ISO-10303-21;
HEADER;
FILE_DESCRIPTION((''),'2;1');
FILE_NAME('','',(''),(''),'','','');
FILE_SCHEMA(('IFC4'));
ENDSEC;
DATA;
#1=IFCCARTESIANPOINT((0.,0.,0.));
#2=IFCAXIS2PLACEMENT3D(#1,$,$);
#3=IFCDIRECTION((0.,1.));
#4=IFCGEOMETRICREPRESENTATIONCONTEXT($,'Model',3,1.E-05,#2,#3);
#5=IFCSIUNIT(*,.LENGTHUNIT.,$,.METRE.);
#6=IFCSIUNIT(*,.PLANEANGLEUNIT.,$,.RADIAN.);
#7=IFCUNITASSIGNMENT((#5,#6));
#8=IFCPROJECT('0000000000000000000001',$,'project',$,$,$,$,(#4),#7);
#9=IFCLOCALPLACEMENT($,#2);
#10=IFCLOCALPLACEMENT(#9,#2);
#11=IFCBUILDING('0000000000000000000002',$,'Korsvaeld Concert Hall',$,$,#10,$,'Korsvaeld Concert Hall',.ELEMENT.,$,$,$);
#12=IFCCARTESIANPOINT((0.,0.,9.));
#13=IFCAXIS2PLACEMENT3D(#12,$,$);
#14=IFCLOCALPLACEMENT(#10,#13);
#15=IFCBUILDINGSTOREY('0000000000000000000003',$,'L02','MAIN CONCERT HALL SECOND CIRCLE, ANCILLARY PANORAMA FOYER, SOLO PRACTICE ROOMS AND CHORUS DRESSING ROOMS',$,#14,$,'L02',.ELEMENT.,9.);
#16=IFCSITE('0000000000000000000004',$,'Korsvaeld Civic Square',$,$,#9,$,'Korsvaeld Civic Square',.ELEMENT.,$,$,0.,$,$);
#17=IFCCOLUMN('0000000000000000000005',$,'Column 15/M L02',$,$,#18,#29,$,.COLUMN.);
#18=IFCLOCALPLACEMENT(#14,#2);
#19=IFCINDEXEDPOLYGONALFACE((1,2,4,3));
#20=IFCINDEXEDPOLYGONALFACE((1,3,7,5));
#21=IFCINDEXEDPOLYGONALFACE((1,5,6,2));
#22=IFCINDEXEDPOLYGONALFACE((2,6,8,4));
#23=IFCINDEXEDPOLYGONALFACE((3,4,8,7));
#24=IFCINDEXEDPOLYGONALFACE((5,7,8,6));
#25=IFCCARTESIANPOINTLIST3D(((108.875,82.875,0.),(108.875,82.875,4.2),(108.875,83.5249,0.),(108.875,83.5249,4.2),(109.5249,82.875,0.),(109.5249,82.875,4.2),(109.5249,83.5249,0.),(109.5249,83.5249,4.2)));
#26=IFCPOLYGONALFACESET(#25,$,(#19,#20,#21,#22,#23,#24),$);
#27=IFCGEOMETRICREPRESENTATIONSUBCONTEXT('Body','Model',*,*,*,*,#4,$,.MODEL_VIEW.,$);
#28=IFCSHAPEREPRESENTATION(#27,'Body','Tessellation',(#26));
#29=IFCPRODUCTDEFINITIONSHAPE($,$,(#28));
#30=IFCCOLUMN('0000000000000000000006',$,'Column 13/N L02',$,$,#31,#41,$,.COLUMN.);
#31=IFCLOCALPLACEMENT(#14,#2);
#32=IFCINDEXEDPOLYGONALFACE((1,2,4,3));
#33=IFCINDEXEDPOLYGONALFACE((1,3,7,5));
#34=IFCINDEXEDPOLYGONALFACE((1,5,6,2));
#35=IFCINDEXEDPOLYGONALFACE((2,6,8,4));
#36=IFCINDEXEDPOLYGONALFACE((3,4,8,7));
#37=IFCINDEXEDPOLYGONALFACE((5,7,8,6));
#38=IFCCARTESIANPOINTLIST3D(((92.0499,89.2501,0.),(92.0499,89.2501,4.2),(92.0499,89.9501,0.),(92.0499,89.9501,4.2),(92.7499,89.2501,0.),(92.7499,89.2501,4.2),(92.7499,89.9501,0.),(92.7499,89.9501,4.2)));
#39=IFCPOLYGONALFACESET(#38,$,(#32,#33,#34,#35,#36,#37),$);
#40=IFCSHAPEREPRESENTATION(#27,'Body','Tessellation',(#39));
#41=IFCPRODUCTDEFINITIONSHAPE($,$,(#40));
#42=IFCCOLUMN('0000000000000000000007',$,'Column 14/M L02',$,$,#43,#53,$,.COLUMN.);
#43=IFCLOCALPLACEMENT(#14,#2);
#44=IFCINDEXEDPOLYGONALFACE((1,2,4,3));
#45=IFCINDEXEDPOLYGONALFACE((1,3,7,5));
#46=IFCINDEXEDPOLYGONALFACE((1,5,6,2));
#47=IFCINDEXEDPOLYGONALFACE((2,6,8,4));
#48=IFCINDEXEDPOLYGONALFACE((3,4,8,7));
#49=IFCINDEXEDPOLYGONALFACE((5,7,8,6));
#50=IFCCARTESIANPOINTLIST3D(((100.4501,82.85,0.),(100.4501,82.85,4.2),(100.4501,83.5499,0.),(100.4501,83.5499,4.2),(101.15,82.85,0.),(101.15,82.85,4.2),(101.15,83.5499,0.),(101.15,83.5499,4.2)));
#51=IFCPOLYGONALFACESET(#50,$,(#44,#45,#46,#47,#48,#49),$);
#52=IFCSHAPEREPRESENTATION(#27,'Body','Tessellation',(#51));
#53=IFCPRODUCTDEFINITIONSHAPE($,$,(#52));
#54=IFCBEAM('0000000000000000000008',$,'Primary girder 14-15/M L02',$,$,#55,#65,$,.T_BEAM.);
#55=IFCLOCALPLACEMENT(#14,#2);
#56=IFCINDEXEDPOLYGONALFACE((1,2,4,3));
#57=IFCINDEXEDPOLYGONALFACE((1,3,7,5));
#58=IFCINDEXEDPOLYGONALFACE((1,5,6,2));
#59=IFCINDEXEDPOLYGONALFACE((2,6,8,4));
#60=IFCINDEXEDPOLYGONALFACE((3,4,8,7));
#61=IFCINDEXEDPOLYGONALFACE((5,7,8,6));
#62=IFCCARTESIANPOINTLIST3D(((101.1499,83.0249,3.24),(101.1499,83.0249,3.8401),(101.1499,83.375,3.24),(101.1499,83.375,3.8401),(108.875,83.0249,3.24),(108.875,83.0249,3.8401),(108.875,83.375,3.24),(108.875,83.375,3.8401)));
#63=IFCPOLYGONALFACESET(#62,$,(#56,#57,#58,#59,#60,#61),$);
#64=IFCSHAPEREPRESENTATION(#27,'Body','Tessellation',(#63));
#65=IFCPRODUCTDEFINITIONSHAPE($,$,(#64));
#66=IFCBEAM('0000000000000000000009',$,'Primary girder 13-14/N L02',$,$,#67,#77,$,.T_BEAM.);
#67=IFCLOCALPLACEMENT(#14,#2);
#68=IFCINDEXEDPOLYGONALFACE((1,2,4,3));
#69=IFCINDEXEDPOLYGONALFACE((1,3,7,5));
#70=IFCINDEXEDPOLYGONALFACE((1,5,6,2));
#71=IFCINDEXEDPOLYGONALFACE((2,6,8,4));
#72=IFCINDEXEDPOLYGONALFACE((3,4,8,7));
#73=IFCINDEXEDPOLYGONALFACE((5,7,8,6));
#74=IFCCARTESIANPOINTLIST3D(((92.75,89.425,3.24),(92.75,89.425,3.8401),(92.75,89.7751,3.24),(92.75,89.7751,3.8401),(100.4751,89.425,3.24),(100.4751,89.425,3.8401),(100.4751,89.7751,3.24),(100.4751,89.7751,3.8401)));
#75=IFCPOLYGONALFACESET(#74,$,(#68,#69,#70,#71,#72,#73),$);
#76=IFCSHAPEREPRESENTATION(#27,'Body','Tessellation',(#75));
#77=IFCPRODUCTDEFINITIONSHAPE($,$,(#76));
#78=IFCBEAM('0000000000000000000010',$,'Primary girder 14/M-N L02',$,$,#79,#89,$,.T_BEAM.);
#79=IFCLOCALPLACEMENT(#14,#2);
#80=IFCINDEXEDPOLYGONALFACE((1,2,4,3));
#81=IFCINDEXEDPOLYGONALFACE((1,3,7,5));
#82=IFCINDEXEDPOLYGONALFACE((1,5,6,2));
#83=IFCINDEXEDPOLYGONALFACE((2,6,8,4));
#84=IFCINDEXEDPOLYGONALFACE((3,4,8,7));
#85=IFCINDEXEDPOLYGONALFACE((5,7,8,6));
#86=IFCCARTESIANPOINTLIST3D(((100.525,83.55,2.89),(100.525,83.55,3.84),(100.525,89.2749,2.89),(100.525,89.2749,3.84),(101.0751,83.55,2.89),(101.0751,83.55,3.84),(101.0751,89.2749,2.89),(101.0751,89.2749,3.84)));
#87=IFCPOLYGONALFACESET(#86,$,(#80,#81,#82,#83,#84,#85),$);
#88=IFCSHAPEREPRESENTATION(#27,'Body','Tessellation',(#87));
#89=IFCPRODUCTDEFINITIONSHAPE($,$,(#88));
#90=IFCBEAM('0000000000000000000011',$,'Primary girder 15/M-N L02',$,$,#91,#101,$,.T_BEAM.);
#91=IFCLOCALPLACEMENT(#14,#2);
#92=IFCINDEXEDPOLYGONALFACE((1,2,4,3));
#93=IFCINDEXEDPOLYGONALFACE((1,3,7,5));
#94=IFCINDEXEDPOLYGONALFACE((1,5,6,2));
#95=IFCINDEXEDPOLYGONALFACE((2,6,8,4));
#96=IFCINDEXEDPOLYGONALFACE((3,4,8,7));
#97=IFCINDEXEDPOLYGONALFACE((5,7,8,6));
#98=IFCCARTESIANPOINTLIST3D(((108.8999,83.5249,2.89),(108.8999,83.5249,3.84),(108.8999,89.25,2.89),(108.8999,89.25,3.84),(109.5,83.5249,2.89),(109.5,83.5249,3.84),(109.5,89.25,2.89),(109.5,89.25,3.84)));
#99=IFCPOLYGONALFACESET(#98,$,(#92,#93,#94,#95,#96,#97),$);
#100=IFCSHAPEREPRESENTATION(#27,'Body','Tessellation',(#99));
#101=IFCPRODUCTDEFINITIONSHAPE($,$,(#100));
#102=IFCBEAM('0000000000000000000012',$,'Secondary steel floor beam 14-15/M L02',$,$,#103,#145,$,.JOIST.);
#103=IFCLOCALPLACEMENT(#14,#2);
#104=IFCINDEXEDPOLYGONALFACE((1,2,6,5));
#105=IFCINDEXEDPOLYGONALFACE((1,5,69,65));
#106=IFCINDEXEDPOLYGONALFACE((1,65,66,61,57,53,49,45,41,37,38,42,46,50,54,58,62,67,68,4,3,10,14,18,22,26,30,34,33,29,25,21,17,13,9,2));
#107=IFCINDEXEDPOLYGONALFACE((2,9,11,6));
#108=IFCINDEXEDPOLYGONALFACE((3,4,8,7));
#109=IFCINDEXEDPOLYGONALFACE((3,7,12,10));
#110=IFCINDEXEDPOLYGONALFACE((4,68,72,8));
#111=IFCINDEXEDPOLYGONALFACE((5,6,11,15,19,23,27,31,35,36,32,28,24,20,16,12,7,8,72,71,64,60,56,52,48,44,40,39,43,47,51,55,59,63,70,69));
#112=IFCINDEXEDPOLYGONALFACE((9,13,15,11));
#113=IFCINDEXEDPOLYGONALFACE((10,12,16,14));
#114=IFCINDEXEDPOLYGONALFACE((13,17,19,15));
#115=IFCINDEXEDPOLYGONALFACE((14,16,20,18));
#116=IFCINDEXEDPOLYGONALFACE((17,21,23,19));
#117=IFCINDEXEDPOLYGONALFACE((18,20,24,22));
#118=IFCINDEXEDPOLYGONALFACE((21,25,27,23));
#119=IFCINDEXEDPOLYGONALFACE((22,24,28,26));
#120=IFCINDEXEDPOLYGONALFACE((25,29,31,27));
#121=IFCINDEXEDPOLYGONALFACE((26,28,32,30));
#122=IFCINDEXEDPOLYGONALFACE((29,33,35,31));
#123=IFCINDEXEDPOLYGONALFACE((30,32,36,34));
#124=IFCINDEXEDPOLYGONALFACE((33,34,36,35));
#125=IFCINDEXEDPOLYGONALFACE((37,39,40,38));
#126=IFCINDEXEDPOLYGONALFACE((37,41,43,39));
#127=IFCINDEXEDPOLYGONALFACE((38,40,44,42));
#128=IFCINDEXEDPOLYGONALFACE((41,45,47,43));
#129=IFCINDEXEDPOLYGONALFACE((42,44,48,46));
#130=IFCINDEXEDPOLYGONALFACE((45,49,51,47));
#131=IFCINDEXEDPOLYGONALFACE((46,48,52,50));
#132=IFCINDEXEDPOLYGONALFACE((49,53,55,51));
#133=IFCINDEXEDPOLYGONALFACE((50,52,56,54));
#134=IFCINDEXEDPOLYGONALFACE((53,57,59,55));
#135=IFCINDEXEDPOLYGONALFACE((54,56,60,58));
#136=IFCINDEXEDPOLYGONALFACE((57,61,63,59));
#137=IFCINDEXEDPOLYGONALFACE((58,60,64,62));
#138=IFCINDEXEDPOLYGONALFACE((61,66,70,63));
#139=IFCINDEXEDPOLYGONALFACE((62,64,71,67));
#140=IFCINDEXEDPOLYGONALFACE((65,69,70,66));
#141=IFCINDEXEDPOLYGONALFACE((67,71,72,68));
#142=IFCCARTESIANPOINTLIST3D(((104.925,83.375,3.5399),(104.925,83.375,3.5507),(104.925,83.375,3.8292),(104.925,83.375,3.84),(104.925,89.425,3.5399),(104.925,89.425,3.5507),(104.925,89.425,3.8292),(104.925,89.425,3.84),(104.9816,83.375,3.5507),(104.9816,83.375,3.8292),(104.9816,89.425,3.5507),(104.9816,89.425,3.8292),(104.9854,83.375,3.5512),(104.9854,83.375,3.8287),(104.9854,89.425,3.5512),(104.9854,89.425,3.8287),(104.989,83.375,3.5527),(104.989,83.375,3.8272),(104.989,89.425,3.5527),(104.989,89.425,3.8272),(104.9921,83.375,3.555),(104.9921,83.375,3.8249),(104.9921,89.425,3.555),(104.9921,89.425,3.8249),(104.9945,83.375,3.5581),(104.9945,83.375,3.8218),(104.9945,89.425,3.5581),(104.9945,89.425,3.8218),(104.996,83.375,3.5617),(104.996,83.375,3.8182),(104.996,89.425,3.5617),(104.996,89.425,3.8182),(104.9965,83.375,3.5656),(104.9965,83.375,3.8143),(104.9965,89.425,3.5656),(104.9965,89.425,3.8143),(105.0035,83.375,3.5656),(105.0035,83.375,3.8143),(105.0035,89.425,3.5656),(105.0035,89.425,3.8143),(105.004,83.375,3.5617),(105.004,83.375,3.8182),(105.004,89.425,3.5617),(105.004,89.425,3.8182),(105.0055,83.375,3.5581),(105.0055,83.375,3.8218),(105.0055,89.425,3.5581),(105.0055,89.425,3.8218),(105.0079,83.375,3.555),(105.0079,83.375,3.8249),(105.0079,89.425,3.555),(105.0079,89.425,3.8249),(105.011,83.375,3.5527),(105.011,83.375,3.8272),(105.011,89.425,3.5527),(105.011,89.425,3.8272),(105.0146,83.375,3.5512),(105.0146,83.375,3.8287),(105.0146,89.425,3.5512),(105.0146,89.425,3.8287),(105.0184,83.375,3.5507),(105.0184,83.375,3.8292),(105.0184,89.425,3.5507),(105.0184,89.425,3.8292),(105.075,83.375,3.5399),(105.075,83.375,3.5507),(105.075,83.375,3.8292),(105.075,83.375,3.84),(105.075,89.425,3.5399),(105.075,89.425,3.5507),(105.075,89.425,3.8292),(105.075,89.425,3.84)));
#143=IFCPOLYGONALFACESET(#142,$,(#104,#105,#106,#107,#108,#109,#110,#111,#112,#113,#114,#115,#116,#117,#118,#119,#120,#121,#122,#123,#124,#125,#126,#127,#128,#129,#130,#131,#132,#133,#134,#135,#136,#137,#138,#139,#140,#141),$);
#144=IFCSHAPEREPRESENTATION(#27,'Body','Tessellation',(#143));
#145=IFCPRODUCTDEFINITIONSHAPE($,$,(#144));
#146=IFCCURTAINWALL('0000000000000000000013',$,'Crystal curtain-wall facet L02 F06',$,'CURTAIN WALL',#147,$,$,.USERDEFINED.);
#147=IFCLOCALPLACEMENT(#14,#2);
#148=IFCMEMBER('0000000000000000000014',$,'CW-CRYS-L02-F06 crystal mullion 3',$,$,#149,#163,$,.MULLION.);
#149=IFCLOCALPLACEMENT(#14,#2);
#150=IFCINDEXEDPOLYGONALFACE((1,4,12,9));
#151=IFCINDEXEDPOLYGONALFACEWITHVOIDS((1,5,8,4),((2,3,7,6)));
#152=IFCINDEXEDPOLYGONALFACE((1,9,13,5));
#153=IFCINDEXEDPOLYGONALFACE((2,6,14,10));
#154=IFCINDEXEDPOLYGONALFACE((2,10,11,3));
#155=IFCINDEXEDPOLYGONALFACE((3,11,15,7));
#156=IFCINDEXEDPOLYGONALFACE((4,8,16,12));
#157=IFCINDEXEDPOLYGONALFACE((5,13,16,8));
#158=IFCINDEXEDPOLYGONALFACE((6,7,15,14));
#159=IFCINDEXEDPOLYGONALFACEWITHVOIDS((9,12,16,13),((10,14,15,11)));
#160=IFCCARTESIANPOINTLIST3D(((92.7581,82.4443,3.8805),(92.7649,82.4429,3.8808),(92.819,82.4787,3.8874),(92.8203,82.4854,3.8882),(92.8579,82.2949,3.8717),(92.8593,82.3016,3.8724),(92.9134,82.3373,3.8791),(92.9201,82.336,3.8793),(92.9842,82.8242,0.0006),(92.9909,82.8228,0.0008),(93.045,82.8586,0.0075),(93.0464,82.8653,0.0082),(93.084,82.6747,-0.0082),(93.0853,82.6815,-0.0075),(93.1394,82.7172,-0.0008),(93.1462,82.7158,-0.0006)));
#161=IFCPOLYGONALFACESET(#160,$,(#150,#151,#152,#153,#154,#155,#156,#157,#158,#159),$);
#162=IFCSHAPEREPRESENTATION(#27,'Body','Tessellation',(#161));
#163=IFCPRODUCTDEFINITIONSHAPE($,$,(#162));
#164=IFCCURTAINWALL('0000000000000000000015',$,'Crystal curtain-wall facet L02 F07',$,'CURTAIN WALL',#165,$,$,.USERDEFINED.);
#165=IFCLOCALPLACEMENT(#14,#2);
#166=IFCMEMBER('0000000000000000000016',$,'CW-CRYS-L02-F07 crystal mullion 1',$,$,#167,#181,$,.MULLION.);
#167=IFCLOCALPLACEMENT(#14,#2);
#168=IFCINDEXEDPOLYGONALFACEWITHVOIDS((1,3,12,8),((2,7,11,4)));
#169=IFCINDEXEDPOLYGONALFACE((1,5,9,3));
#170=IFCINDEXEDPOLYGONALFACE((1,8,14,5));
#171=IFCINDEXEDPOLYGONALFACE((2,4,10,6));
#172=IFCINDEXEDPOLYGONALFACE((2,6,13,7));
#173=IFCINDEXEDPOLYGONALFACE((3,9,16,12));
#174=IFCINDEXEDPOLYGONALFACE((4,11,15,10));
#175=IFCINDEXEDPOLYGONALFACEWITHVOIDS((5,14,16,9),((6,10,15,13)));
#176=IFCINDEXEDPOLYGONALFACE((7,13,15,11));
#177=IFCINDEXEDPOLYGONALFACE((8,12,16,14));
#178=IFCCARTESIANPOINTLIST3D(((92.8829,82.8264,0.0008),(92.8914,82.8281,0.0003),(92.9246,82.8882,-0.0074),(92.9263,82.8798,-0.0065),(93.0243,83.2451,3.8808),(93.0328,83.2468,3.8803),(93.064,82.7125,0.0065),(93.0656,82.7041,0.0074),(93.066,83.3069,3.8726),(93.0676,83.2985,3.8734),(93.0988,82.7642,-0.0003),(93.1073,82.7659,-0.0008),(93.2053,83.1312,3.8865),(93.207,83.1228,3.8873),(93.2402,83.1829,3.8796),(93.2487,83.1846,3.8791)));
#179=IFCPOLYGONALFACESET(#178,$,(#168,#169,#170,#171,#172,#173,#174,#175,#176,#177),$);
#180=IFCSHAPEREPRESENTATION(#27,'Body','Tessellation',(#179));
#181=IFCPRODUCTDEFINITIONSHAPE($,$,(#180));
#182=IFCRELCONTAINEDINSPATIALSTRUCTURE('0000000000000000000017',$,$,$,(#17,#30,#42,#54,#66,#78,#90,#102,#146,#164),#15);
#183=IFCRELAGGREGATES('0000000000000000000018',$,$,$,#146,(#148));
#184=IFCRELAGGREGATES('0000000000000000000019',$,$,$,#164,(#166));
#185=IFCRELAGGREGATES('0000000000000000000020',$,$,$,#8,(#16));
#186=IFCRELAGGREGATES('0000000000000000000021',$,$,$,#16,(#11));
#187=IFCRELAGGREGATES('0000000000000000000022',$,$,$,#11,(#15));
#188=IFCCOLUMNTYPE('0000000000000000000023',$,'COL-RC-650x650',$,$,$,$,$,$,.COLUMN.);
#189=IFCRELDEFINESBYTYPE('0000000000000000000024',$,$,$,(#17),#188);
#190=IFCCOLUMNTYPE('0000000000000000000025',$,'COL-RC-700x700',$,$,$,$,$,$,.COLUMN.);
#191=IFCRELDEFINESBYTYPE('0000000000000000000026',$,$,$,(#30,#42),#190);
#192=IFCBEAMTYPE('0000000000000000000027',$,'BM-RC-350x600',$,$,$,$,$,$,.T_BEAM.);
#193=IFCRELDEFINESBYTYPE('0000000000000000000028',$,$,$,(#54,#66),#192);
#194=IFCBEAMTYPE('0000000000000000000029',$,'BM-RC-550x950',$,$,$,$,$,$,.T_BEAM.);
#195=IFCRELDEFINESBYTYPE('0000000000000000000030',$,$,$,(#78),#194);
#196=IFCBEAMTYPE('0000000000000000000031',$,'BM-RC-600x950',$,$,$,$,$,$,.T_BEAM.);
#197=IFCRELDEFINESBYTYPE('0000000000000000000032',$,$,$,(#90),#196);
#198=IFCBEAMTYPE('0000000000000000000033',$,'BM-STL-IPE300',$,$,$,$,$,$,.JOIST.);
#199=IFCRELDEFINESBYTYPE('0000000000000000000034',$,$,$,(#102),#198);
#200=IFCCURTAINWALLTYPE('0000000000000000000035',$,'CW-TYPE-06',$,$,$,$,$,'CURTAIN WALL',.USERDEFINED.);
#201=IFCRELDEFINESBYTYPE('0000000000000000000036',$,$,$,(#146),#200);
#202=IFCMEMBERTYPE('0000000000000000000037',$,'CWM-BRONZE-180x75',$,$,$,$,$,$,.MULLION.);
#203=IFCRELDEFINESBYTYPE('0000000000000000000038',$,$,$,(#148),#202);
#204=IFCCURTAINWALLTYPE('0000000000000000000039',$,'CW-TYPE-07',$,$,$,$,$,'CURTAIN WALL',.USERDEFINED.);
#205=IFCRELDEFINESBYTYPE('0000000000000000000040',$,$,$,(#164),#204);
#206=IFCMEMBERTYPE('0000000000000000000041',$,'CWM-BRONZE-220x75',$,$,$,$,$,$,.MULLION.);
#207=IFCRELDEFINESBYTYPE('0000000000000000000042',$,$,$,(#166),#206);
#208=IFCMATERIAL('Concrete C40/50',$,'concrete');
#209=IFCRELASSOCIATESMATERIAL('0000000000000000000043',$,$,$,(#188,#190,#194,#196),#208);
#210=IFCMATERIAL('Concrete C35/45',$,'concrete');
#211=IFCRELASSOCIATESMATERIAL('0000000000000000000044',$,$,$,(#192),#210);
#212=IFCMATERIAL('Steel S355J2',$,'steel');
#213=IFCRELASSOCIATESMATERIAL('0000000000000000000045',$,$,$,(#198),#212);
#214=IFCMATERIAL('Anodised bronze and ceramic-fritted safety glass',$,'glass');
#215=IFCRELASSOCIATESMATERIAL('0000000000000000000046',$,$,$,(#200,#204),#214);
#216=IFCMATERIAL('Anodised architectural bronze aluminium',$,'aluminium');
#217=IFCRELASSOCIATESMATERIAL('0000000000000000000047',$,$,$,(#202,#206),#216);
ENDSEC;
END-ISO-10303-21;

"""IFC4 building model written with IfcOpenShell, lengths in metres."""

from ifc_helpers import new_model, si_unit, direction, frame, origin, origin_2d, place, context, subcontext, project, spatial, rectangle, hollow_rectangle, i_section, extrude, material, material_profile, profile_set, type_object, element, aggregate, save


model = new_model("IFC4")

# Units and contexts
model_context = context("Model", 3, precision=1e-05, world=origin(), true_north=direction((0.0, 1.0)))
body_context = subcontext(model_context, "Body", "Model", "MODEL_VIEW")
ifc_project = project(units=[si_unit("LENGTHUNIT", "METRE"), si_unit("PLANEANGLEUNIT", "RADIAN")], contexts=[model_context])

# Site, building, storey
site_placement = place(None, origin())
site = spatial("IfcSite", under=ifc_project, at=site_placement, Name="Korsvaeld Civic Square", LongName="Korsvaeld Civic Square", CompositionType="ELEMENT", RefElevation=0.0)
building_placement = place(site_placement, origin())
building = spatial("IfcBuilding", under=site, at=building_placement, Name="Korsvaeld Concert Hall", LongName="Korsvaeld Concert Hall", CompositionType="ELEMENT")
storey_placement = place(building_placement, frame((0.0, 0.0, 9.0)))
storey = spatial("IfcBuildingStorey", under=building, at=storey_placement, Name="L02", Description="MAIN CONCERT HALL SECOND CIRCLE, ANCILLARY PANORAMA FOYER, SOLO PRACTICE ROOMS AND CHORUS DRESSING ROOMS", LongName="L02", CompositionType="ELEMENT", Elevation=9.0)

# Columns
ifc_material_1 = material(Name="Concrete C40/50", Category="concrete")
ifc_material_profile_1 = material_profile(ifc_material_1, rectangle(XDim=0.6499, YDim=0.6499, at=origin_2d()), Name="RC 650x650")
ifc_profile_set_1 = profile_set([ifc_material_profile_1], Name="Concrete C40/50")
column_type_1 = type_object("IfcColumnType", Name="COL-RC-650x650", PredefinedType="COLUMN", material=ifc_profile_set_1)
column_placement = place(storey_placement, frame((109.2, 83.2, 0.0), z_axis=(0.0, 0.0, 1.0), x_axis=(1.0, 0.0, 0.0)))
element("IfcColumn", 1, at=column_placement, inside=storey, type_object=column_type_1, Name="Column 15/M L02", PredefinedType="COLUMN", context=body_context, shape_type="SweptSolid", body=[
    extrude(rectangle(XDim=0.6499, YDim=0.6499, at=origin_2d()), origin(), (0.0, 0.0, 1.0), 4.2),
])
ifc_material_profile_2 = material_profile(ifc_material_1, rectangle(XDim=0.7, YDim=0.7, at=origin_2d()), Name="RC 700x700")
ifc_profile_set_2 = profile_set([ifc_material_profile_2], Name="Concrete C40/50")
column_type_2 = type_object("IfcColumnType", Name="COL-RC-700x700", PredefinedType="COLUMN", material=ifc_profile_set_2)
for number, where, z_axis, x_axis, name in (
    (2, (92.3999, 89.6001, 0.0), (0.0, 0.0, 1.0), (1.0, 0.0, 0.0), "Column 13/N L02"),
    (3, (100.8, 83.2, 0.0), (0.0, 0.0, 1.0), (1.0, 0.0, 0.0), "Column 14/M L02"),
):
    element("IfcColumn", number, at=place(storey_placement, frame(where, z_axis=z_axis, x_axis=x_axis)), inside=storey, type_object=column_type_2, Name=name, PredefinedType="COLUMN", context=body_context, shape_type="SweptSolid", body=[
        extrude(rectangle(XDim=0.7, YDim=0.7, at=origin_2d()), origin(), (0.0, 0.0, 1.0), 4.2),
    ])

# Beams
ifc_material_2 = material(Name="Concrete C35/45", Category="concrete")
ifc_material_profile_3 = material_profile(ifc_material_2, rectangle(XDim=0.3501, YDim=0.6001, at=origin_2d()), Name="RC 350x600")
ifc_profile_set_3 = profile_set([ifc_material_profile_3], Name="Concrete C35/45")
beam_type_1 = type_object("IfcBeamType", Name="BM-RC-350x600", PredefinedType="T_BEAM", material=ifc_profile_set_3)
for number, where, z_axis, x_axis, name in (
    (4, (101.1499, 83.2, 3.54), (1.0, 0.0, 0.0), (0.0, 1.0, 0.0), "Primary girder 14-15/M L02"),
    (5, (92.75, 89.6001, 3.54), (1.0, 0.0, 0.0), (0.0, 1.0, 0.0), "Primary girder 13-14/N L02"),
):
    element("IfcBeam", number, at=place(storey_placement, frame(where, z_axis=z_axis, x_axis=x_axis)), inside=storey, type_object=beam_type_1, Name=name, PredefinedType="T_BEAM", context=body_context, shape_type="SweptSolid", body=[
        extrude(rectangle(XDim=0.3501, YDim=0.6001, at=origin_2d()), origin(), (0.0, 0.0, 1.0), 7.7251),
    ])
ifc_material_profile_4 = material_profile(ifc_material_1, rectangle(XDim=0.55, YDim=0.95, at=origin_2d()), Name="RC 550x950")
ifc_profile_set_4 = profile_set([ifc_material_profile_4], Name="Concrete C40/50")
beam_type_2 = type_object("IfcBeamType", Name="BM-RC-550x950", PredefinedType="T_BEAM", material=ifc_profile_set_4)
beam_1_placement = place(storey_placement, frame((100.8, 83.55, 3.365), z_axis=(0.0, 1.0, 0.0), x_axis=(-1.0, 0.0, 0.0)))
element("IfcBeam", 6, at=beam_1_placement, inside=storey, type_object=beam_type_2, Name="Primary girder 14/M-N L02", PredefinedType="T_BEAM", context=body_context, shape_type="SweptSolid", body=[
    extrude(rectangle(XDim=0.55, YDim=0.95, at=origin_2d()), origin(), (0.0, 0.0, 1.0), 5.7249),
])
ifc_material_profile_5 = material_profile(ifc_material_1, rectangle(XDim=0.6001, YDim=0.95, at=origin_2d()), Name="RC 600x950")
ifc_profile_set_5 = profile_set([ifc_material_profile_5], Name="Concrete C40/50")
beam_type_3 = type_object("IfcBeamType", Name="BM-RC-600x950", PredefinedType="T_BEAM", material=ifc_profile_set_5)
beam_2_placement = place(storey_placement, frame((109.2, 83.5249, 3.365), z_axis=(0.0, 1.0, 0.0), x_axis=(-1.0, 0.0, 0.0)))
element("IfcBeam", 7, at=beam_2_placement, inside=storey, type_object=beam_type_3, Name="Primary girder 15/M-N L02", PredefinedType="T_BEAM", context=body_context, shape_type="SweptSolid", body=[
    extrude(rectangle(XDim=0.6001, YDim=0.95, at=origin_2d()), origin(), (0.0, 0.0, 1.0), 5.7251),
])
ifc_material_3 = material(Name="Steel S355J2", Category="steel")
ifc_material_profile_6 = material_profile(ifc_material_3, i_section(OverallWidth=0.1499, OverallDepth=0.3, WebThickness=0.0071, FlangeThickness=0.0107, FilletRadius=0.0149, at=origin_2d()), Name="IPE 300")
ifc_profile_set_6 = profile_set([ifc_material_profile_6], Name="Steel S355J2")
beam_type_4 = type_object("IfcBeamType", Name="BM-STL-IPE300", PredefinedType="JOIST", material=ifc_profile_set_6)
beam_3_placement = place(storey_placement, frame((105.0, 83.375, 3.6899), z_axis=(0.0, 1.0, 0.0), x_axis=(-1.0, 0.0, 0.0)))
element("IfcBeam", 8, at=beam_3_placement, inside=storey, type_object=beam_type_4, Name="Secondary steel floor beam 14-15/M L02", PredefinedType="JOIST", context=body_context, shape_type="SweptSolid", body=[
    extrude(i_section(OverallWidth=0.1499, OverallDepth=0.3, WebThickness=0.0071, FlangeThickness=0.0107, FilletRadius=0.0149, at=origin_2d()), origin(), (0.0, 0.0, 1.0), 6.05),
])

# Curtain wall, member
ifc_material_4 = material(Name="Anodised bronze and ceramic-fritted safety glass", Category="glass")
curtain_wall_type_1 = type_object("IfcCurtainWallType", Name="CW-TYPE-06", ElementType="CURTAIN WALL", PredefinedType="USERDEFINED", material=ifc_material_4)
curtain_wall_1_placement = place(storey_placement, origin())
curtain_wall_1 = element("IfcCurtainWall", 9, at=curtain_wall_1_placement, inside=storey, type_object=curtain_wall_type_1, Name="Crystal curtain-wall facet L02 F06", ObjectType="CURTAIN WALL", PredefinedType="USERDEFINED")
ifc_material_5 = material(Name="Anodised architectural bronze aluminium", Category="aluminium")
ifc_material_profile_7 = material_profile(ifc_material_5, hollow_rectangle(XDim=0.075, YDim=0.1799, WallThickness=0.0049, at=origin_2d()), Name="CWM 180x75x5")
ifc_profile_set_7 = profile_set([ifc_material_profile_7], Name="Anodised architectural bronze aluminium")
member_type_1 = type_object("IfcMemberType", Name="CWM-BRONZE-180x75", PredefinedType="MULLION", material=ifc_profile_set_7)
member_1_placement = place(storey_placement, frame((93.0652, 82.77, 0.0), z_axis=(-0.057894, -0.097281, 0.993572), x_axis=(-0.829999, -0.548349, -0.102052)))
member_1 = element("IfcMember", 10, at=member_1_placement, type_object=member_type_1, Name="CW-CRYS-L02-F06 crystal mullion 3", PredefinedType="MULLION", context=body_context, shape_type="SweptSolid", body=[
    extrude(hollow_rectangle(XDim=0.075, YDim=0.1799, WallThickness=0.0049, at=origin_2d()), origin(), (0.0, 0.0, 1.0), 3.905),
])
aggregate(curtain_wall_1, [member_1])

# Curtain wall, member
curtain_wall_type_2 = type_object("IfcCurtainWallType", Name="CW-TYPE-07", ElementType="CURTAIN WALL", PredefinedType="USERDEFINED", material=ifc_material_4)
curtain_wall_2_placement = place(storey_placement, origin())
curtain_wall_2 = element("IfcCurtainWall", 11, at=curtain_wall_2_placement, inside=storey, type_object=curtain_wall_type_2, Name="Crystal curtain-wall facet L02 F07", ObjectType="CURTAIN WALL", PredefinedType="USERDEFINED")
ifc_material_profile_8 = material_profile(ifc_material_5, hollow_rectangle(XDim=0.075, YDim=0.22, WallThickness=0.0061, at=origin_2d()), Name="CWM 220x75x6")
ifc_profile_set_8 = profile_set([ifc_material_profile_8], Name="Anodised architectural bronze aluminium")
member_type_2 = type_object("IfcMemberType", Name="CWM-BRONZE-220x75", PredefinedType="MULLION", material=ifc_profile_set_8)
member_2_placement = place(storey_placement, frame((92.9951, 82.7961, 0.0), z_axis=(0.036199, 0.107223, 0.993576), x_axis=(0.555734, 0.824159, -0.109187)))
member_2 = element("IfcMember", 12, at=member_2_placement, type_object=member_type_2, Name="CW-CRYS-L02-F07 crystal mullion 1", PredefinedType="MULLION", context=body_context, shape_type="SweptSolid", body=[
    extrude(hollow_rectangle(XDim=0.075, YDim=0.22, WallThickness=0.0061, at=origin_2d()), origin(), (0.0, 0.0, 1.0), 3.905),
])
aggregate(curtain_wall_2, [member_2])

save(model, "model.ifc")
